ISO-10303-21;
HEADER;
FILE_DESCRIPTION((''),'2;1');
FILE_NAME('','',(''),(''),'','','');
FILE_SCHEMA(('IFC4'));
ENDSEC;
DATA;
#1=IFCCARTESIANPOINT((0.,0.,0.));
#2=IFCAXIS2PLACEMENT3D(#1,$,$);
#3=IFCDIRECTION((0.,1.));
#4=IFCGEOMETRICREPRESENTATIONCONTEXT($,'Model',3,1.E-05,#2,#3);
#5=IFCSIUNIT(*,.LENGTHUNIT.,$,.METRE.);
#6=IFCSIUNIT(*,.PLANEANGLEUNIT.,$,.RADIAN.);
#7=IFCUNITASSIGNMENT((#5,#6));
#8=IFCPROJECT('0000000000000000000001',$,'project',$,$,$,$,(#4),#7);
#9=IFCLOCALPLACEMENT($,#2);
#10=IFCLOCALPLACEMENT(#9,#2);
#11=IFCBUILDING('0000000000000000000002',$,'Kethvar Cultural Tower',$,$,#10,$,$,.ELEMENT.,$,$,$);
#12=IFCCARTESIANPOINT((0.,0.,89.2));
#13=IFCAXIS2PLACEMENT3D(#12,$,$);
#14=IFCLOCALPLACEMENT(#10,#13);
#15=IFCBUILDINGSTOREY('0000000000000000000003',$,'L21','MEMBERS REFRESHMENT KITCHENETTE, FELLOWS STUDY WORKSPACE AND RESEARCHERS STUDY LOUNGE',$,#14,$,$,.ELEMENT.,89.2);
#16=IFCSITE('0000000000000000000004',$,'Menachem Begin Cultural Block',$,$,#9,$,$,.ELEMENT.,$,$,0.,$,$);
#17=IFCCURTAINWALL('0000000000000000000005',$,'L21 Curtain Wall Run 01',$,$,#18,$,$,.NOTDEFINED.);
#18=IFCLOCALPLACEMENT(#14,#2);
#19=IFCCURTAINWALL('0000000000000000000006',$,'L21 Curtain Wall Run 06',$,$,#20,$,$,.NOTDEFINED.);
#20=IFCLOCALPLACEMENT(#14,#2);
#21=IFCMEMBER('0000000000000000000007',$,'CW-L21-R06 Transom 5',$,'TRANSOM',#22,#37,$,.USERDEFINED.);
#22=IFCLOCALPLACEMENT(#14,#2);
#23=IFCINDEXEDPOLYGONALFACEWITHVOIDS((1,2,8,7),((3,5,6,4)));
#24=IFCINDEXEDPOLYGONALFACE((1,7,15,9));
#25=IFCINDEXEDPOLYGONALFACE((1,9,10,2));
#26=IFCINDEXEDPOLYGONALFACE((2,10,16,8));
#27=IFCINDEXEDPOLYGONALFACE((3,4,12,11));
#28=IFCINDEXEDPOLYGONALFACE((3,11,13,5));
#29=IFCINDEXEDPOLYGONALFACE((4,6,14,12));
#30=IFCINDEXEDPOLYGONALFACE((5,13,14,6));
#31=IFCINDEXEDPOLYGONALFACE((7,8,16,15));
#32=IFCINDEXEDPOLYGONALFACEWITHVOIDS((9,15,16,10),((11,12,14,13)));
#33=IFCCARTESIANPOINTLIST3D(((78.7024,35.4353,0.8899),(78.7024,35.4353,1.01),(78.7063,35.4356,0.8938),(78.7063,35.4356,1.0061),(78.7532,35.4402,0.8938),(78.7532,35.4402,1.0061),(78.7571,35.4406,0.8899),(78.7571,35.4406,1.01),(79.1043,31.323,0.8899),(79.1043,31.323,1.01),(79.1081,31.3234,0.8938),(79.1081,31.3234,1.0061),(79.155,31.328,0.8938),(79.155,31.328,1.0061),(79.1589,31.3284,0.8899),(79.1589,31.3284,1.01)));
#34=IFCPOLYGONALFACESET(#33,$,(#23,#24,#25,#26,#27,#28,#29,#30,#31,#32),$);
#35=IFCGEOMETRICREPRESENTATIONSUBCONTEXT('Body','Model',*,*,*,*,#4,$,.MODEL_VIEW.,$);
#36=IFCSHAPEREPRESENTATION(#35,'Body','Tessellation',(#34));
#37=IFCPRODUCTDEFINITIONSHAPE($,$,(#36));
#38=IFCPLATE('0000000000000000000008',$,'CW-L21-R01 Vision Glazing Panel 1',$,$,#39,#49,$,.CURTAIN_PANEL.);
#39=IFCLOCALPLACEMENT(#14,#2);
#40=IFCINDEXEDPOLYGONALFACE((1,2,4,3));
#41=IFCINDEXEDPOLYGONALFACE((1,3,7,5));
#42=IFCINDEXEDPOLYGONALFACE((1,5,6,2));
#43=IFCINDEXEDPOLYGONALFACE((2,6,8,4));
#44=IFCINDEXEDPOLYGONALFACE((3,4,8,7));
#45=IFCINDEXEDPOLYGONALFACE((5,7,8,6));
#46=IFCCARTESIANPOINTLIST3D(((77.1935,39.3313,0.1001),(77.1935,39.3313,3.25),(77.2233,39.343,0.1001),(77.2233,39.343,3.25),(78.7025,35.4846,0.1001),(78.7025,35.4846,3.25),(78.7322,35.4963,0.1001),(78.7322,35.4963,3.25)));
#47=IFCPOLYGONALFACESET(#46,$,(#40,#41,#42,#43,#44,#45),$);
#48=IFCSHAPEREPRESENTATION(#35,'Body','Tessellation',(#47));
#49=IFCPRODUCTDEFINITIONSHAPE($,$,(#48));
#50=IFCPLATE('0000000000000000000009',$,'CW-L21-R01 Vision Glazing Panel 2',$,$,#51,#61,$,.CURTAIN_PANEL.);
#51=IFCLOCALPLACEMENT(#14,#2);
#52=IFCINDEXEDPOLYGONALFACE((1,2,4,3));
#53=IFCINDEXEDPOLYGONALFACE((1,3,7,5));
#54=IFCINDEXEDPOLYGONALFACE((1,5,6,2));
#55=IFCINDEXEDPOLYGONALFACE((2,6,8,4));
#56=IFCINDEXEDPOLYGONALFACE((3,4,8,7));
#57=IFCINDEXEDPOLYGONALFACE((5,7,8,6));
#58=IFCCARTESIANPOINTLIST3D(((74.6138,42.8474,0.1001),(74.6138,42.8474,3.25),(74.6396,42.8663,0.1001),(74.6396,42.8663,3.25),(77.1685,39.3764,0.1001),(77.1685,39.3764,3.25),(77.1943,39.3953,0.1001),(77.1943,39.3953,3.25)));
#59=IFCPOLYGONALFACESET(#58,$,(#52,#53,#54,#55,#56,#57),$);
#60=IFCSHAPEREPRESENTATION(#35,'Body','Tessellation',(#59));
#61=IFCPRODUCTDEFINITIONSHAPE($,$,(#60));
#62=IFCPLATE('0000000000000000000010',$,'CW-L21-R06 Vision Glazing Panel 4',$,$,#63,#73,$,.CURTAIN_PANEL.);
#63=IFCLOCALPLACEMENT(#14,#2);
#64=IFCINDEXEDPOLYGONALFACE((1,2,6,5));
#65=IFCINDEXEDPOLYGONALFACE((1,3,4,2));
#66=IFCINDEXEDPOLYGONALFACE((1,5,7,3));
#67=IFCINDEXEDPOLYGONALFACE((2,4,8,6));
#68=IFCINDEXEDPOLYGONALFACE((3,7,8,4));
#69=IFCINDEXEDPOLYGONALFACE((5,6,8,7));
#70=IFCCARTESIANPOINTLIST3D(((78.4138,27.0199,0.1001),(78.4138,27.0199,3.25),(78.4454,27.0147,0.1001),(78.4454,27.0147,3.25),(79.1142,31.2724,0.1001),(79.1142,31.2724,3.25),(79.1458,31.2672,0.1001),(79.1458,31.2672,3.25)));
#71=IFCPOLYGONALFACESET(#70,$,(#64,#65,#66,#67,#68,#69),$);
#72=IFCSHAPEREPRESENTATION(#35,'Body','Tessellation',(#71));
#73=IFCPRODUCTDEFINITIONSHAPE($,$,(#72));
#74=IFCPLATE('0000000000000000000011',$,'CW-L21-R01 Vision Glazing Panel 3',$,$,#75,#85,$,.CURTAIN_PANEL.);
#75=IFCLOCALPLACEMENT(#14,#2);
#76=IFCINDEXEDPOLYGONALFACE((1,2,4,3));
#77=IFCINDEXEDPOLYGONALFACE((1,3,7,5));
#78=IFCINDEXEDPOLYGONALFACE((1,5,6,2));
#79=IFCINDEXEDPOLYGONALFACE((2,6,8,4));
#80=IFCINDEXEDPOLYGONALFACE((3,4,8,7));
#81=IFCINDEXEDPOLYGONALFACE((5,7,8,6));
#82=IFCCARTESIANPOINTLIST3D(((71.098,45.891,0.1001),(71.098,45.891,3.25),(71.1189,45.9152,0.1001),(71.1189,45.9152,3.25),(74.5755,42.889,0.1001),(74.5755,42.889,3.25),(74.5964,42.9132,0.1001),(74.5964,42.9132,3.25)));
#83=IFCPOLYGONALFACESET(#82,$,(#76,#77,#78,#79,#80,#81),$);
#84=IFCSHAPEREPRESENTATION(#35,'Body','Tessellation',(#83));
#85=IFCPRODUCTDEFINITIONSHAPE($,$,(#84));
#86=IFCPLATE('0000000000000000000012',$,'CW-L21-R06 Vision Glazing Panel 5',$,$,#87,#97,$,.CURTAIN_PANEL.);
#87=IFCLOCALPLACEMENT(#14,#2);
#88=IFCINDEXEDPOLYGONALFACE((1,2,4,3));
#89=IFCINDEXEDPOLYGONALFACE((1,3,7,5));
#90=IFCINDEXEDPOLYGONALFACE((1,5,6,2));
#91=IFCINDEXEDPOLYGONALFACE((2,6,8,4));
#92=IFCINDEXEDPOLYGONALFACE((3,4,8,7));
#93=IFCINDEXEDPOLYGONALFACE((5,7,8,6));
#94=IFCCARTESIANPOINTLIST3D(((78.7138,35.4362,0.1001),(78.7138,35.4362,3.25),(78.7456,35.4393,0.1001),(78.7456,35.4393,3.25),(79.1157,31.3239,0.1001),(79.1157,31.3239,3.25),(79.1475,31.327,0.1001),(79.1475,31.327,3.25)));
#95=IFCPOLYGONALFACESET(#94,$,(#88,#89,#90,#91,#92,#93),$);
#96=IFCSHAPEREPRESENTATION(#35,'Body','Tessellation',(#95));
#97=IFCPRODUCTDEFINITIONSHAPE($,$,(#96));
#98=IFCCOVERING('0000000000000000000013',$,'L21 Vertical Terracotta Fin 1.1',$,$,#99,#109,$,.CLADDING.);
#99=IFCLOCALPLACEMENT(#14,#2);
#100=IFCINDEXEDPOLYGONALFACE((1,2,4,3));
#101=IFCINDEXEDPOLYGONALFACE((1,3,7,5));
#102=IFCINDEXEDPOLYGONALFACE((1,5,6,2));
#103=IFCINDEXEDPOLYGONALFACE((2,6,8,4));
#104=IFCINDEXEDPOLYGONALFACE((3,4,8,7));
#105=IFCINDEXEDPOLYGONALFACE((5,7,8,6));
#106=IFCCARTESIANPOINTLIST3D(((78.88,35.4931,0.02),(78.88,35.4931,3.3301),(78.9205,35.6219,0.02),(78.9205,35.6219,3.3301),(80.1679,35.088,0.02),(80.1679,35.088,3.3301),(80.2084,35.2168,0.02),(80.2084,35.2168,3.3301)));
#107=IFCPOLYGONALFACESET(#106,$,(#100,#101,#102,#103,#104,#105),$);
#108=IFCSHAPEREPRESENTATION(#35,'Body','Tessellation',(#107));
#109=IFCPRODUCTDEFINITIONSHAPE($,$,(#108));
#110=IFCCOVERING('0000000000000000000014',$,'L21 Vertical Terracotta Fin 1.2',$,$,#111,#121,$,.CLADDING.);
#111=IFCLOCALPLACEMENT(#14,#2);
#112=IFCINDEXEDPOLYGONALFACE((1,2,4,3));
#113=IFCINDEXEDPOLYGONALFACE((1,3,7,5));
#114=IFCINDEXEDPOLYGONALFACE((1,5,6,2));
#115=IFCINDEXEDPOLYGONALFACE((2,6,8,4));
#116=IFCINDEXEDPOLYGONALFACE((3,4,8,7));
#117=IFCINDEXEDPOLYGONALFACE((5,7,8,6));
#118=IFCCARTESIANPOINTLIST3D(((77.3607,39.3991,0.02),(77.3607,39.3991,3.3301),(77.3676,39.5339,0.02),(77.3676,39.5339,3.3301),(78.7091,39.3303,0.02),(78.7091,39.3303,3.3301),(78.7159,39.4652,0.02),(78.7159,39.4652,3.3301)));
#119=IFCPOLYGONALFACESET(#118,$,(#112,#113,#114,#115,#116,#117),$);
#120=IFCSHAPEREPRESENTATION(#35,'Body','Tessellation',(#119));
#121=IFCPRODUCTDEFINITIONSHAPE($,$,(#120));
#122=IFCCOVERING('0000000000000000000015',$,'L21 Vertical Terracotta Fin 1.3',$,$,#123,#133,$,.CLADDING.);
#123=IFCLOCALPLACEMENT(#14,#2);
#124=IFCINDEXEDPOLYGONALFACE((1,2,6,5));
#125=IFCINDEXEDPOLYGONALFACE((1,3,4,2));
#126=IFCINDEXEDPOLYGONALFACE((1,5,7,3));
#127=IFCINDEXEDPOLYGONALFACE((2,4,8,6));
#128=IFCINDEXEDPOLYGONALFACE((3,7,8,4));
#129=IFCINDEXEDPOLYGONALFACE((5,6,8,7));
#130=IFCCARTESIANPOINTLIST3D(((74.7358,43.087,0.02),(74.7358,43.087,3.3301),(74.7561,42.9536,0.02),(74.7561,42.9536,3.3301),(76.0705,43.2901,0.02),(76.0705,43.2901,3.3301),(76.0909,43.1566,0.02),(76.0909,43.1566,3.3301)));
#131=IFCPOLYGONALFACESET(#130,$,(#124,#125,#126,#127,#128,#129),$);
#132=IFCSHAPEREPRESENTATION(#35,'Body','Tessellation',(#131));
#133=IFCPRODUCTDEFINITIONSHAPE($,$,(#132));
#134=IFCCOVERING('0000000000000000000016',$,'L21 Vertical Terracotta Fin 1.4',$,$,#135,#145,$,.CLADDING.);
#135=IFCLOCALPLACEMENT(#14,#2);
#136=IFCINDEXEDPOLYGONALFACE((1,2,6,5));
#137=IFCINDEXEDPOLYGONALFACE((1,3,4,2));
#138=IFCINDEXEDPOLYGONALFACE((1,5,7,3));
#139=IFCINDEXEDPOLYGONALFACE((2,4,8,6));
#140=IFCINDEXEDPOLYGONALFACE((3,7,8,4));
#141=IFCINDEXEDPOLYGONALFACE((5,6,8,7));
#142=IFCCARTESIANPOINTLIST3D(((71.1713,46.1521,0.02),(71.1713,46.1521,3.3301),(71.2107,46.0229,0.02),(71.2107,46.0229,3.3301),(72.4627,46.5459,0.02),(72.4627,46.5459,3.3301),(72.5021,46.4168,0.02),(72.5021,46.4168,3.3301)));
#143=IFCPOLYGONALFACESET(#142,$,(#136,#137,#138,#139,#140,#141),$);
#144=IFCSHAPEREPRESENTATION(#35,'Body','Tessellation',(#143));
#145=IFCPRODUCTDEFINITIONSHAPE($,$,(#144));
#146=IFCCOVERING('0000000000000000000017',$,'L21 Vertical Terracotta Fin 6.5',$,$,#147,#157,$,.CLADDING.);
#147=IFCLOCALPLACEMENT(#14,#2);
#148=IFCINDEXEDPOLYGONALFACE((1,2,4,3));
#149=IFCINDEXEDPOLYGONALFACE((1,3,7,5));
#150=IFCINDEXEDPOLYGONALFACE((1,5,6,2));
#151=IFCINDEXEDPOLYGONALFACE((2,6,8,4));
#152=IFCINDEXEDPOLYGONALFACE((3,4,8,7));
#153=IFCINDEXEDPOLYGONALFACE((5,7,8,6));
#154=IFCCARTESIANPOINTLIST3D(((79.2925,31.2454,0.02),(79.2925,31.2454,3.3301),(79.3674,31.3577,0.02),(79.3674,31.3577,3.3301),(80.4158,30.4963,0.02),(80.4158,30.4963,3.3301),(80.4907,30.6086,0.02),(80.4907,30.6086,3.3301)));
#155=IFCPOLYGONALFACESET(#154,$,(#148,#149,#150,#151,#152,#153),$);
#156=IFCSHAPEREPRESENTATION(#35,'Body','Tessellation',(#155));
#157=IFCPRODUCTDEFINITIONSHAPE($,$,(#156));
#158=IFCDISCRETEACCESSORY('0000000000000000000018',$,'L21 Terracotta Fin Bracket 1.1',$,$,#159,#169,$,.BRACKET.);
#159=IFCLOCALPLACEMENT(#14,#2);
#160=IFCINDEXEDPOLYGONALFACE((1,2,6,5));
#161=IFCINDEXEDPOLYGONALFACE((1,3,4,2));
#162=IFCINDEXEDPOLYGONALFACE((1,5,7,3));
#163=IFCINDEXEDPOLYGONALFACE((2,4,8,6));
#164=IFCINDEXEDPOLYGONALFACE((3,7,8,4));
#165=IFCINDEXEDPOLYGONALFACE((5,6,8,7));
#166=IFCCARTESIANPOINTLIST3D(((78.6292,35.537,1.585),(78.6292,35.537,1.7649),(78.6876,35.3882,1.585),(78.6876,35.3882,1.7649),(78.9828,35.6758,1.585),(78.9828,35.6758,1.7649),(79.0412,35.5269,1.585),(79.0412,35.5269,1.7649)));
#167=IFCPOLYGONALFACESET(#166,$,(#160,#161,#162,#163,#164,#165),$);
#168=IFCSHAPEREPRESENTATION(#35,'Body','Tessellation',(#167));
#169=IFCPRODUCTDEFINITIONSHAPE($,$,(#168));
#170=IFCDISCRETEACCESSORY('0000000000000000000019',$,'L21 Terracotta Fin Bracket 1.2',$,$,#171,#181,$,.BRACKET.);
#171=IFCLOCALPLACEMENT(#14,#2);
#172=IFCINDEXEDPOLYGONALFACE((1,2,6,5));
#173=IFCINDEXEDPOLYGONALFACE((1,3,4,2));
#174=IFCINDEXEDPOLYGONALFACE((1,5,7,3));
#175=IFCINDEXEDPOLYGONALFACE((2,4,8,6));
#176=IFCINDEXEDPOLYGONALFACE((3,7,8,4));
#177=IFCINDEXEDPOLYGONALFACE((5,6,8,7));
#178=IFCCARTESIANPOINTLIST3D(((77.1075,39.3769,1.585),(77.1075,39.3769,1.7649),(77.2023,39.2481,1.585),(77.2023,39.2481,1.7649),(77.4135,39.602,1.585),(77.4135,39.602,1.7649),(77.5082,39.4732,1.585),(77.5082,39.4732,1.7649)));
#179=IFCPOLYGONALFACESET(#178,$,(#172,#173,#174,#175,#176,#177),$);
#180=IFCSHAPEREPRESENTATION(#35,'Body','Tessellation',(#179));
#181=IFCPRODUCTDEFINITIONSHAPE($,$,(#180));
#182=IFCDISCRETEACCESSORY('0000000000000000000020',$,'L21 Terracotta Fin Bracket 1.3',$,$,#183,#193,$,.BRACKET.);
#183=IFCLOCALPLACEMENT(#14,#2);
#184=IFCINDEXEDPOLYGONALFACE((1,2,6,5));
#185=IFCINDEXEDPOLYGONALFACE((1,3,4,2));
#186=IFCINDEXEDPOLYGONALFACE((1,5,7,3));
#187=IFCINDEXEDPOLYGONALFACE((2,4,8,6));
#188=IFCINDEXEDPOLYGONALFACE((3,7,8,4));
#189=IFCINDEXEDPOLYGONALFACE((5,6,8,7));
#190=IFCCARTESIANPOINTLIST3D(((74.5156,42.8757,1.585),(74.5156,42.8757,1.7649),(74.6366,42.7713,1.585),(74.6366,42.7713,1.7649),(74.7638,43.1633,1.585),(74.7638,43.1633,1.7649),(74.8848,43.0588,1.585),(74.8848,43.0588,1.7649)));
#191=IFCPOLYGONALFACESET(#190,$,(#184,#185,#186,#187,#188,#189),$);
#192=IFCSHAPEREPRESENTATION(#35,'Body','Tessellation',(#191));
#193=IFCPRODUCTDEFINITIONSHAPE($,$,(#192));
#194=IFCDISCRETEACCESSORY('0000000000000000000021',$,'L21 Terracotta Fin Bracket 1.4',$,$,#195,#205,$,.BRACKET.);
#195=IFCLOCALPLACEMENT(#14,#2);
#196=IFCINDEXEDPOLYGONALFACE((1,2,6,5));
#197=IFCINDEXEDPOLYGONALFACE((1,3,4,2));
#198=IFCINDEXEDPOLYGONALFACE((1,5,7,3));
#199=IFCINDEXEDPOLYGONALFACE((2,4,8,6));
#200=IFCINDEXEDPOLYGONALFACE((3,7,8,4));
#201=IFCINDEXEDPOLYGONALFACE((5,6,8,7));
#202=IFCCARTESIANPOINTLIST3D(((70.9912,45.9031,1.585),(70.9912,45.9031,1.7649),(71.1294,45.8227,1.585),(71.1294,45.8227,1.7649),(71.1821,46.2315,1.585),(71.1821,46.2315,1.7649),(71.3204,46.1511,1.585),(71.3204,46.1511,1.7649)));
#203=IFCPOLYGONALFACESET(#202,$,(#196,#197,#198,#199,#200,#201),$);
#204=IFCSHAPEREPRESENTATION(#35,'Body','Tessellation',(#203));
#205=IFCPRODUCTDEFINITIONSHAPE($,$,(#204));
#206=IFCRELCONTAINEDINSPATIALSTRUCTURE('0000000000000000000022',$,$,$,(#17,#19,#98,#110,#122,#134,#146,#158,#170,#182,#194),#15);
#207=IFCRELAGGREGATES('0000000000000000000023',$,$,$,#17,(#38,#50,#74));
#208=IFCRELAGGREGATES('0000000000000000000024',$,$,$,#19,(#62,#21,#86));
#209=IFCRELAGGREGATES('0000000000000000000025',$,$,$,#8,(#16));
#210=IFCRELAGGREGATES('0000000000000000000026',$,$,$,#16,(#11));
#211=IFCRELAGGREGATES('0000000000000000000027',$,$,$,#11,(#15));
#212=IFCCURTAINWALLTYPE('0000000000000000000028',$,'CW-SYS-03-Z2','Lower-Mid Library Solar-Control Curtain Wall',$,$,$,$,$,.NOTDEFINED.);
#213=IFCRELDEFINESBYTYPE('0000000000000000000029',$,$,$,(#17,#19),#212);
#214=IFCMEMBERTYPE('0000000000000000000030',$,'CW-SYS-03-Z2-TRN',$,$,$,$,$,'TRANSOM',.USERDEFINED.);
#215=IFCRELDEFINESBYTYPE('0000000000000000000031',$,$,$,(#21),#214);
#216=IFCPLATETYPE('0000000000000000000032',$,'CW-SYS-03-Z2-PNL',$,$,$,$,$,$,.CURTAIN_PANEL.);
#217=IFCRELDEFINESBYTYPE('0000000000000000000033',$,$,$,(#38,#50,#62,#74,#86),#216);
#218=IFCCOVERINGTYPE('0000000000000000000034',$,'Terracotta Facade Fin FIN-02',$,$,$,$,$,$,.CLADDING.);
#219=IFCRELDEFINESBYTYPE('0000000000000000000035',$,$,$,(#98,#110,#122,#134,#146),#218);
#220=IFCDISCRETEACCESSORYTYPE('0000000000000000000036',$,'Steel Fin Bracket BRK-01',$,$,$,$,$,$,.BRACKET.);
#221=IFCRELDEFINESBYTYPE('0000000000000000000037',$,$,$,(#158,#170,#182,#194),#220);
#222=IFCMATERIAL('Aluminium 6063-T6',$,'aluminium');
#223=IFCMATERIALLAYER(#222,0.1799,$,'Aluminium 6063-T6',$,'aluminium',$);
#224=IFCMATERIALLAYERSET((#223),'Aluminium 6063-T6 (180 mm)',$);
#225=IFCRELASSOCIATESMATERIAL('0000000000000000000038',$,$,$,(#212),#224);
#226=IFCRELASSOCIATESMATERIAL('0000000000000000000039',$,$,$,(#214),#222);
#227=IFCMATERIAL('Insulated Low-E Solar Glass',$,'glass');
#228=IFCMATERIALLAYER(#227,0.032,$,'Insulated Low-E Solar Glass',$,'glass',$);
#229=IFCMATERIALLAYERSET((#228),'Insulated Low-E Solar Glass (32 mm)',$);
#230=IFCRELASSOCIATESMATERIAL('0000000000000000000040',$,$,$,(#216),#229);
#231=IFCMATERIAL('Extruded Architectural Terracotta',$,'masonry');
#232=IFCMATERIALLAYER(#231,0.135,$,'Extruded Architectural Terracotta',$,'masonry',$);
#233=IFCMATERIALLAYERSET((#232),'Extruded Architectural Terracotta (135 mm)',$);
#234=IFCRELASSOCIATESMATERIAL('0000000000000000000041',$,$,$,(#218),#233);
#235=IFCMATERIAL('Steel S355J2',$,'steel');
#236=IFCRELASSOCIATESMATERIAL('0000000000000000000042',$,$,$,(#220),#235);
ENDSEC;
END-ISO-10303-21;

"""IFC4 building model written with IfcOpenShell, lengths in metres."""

from ifc_helpers import new_model, si_unit, direction, frame, origin, origin_2d, place, context, subcontext, project, spatial, rectangle, hollow_rectangle, extrude, source, transform, mapped, material, layer, layer_set, material_profile, profile_set, type_object, element, aggregate, save


model = new_model("IFC4")

# Units and contexts
model_context = context("Model", 3, precision=1e-05, world=origin(), true_north=direction((0.0, 1.0)))
body_context = subcontext(model_context, "Body", "Model", "MODEL_VIEW")
ifc_project = project(units=[si_unit("LENGTHUNIT", "METRE"), si_unit("PLANEANGLEUNIT", "RADIAN")], contexts=[model_context])

# Site, building, storey
site_placement = place(None, origin())
site = spatial("IfcSite", under=ifc_project, at=site_placement, Name="Menachem Begin Cultural Block", CompositionType="ELEMENT", RefElevation=0.0)
building_placement = place(site_placement, origin())
building = spatial("IfcBuilding", under=site, at=building_placement, Name="Kethvar Cultural Tower", CompositionType="ELEMENT")
storey_placement = place(building_placement, frame((0.0, 0.0, 89.2)))
storey = spatial("IfcBuildingStorey", under=building, at=storey_placement, Name="L21", Description="MEMBERS REFRESHMENT KITCHENETTE, FELLOWS STUDY WORKSPACE AND RESEARCHERS STUDY LOUNGE", CompositionType="ELEMENT", Elevation=89.2)

# Shared definitions
ifc_material_1 = material(Name="Steel S355J2", Category="steel")

# Curtain wall
ifc_material_2 = material(Name="Aluminium 6063-T6", Category="aluminium")
ifc_layer_1 = layer(ifc_material_2, 0.1799, Name="Aluminium 6063-T6", Category="aluminium")
ifc_layer_set_1 = layer_set([ifc_layer_1], Name="Aluminium 6063-T6 (180 mm)")
curtain_wall_type = type_object("IfcCurtainWallType", Name="CW-SYS-03-Z2", Description="Lower-Mid Library Solar-Control Curtain Wall", PredefinedType="NOTDEFINED", material=ifc_layer_set_1)
curtain_wall_1_placement = place(storey_placement, origin())
curtain_wall_1 = element("IfcCurtainWall", 1, at=curtain_wall_1_placement, inside=storey, type_object=curtain_wall_type, Name="L21 Curtain Wall Run 01", PredefinedType="NOTDEFINED")

# Curtain wall
curtain_wall_2_placement = place(storey_placement, origin())
curtain_wall_2 = element("IfcCurtainWall", 2, at=curtain_wall_2_placement, inside=storey, type_object=curtain_wall_type, Name="L21 Curtain Wall Run 06", PredefinedType="NOTDEFINED")

# Member
ifc_material_profile_1 = material_profile(ifc_material_2, hollow_rectangle(XDim=0.0549, YDim=0.1201, WallThickness=0.0039, at=origin_2d()), Name="Aluminium 6063-T6 — RHS120x55x4")
ifc_profile_set_1 = profile_set([ifc_material_profile_1], Name="Aluminium 6063-T6 — RHS120x55x4")
member_type_1 = type_object("IfcMemberType", Name="CW-SYS-03-Z2-TRN", ElementType="TRANSOM", PredefinedType="USERDEFINED", material=ifc_profile_set_1)
shared_shape_1 = source(origin(), body_context, "Body", "SweptSolid", [
    extrude(hollow_rectangle(XDim=0.0549, YDim=0.1201, WallThickness=0.0039, at=origin_2d()), origin(), (0.0, 0.0, 1.0), 4.1318),
])
member_1_placement = place(storey_placement, frame((79.1316, 31.3257, 0.95), z_axis=(-0.097257, 0.995259, 0.0), x_axis=(-0.995259, -0.097257, 0.0)))
member_1 = element("IfcMember", 3, at=member_1_placement, type_object=member_type_1, Name="CW-L21-R06 Transom 5", ObjectType="TRANSOM", PredefinedType="USERDEFINED", context=body_context, shape_type="MappedRepresentation", body=[
    mapped(shared_shape_1, transform((0.0, 0.0, 0.0), scale=1.0)),
])

# Plates
ifc_material_3 = material(Name="Insulated Low-E Solar Glass", Category="glass")
ifc_layer_2 = layer(ifc_material_3, 0.032, Name="Insulated Low-E Solar Glass", Category="glass")
ifc_layer_set_2 = layer_set([ifc_layer_2], Name="Insulated Low-E Solar Glass (32 mm)")
plate_type = type_object("IfcPlateType", Name="CW-SYS-03-Z2-PNL", PredefinedType="CURTAIN_PANEL", material=ifc_layer_set_2)
shared_shape_2 = source(origin(), body_context, "Body", "SweptSolid", [
    extrude(rectangle(XDim=4.1321, YDim=0.032, at=origin_2d()), origin(), (0.0, 0.0, 1.0), 3.1499),
])
plate_1_placement = place(storey_placement, frame((77.9629, 37.4138, 0.1001), z_axis=(0.0, 0.0, 1.0), x_axis=(-0.365169, 0.930941, 0.0)))
plate_1 = element("IfcPlate", 4, at=plate_1_placement, type_object=plate_type, Name="CW-L21-R01 Vision Glazing Panel 1", PredefinedType="CURTAIN_PANEL", context=body_context, shape_type="MappedRepresentation", body=[
    mapped(shared_shape_2, transform((0.0, 0.0, 0.0), scale=1.0)),
])
shared_shape_3 = source(origin(), body_context, "Body", "SweptSolid", [
    extrude(rectangle(XDim=4.3098, YDim=0.032, at=origin_2d()), origin(), (0.0, 0.0, 1.0), 3.1499),
])
plate_2_placement = place(storey_placement, frame((75.9041, 41.1213, 0.1001), z_axis=(0.0, 0.0, 1.0), x_axis=(-0.592772, 0.80537, 0.0)))
plate_2 = element("IfcPlate", 5, at=plate_2_placement, type_object=plate_type, Name="CW-L21-R01 Vision Glazing Panel 2", PredefinedType="CURTAIN_PANEL", context=body_context, shape_type="MappedRepresentation", body=[
    mapped(shared_shape_3, transform((0.0, 0.0, 0.0), scale=1.0)),
])
plate_3_placement = place(storey_placement, frame((78.7798, 29.1436, 0.1001), z_axis=(0.0, 0.0, 1.0), x_axis=(0.162517, 0.986706, 0.0)))
plate_3 = element("IfcPlate", 6, at=plate_3_placement, type_object=plate_type, Name="CW-L21-R06 Vision Glazing Panel 4", PredefinedType="CURTAIN_PANEL", context=body_context, shape_type="MappedRepresentation", body=[
    mapped(shared_shape_3, transform((0.0, 0.0, 0.0), scale=1.0)),
])
shared_shape_4 = source(origin(), body_context, "Body", "SweptSolid", [
    extrude(rectangle(XDim=4.594, YDim=0.032, at=origin_2d()), origin(), (0.0, 0.0, 1.0), 3.1499),
])
plate_4_placement = place(storey_placement, frame((72.8472, 44.4021, 0.1001), z_axis=(0.0, 0.0, 1.0), x_axis=(-0.756972, 0.653447, 0.0)))
plate_4 = element("IfcPlate", 7, at=plate_4_placement, type_object=plate_type, Name="CW-L21-R01 Vision Glazing Panel 3", PredefinedType="CURTAIN_PANEL", context=body_context, shape_type="MappedRepresentation", body=[
    mapped(shared_shape_4, transform((0.0, 0.0, 0.0), scale=1.0)),
])
aggregate(curtain_wall_1, [plate_1, plate_2, plate_4])
shared_shape_5 = source(origin(), body_context, "Body", "SweptSolid", [
    extrude(rectangle(XDim=4.1318, YDim=0.032, at=origin_2d()), origin(), (0.0, 0.0, 1.0), 3.1499),
])
plate_5_placement = place(storey_placement, frame((78.9307, 33.3816, 0.1001), z_axis=(0.0, 0.0, 1.0), x_axis=(-0.09727, 0.995258, 0.0)))
plate_5 = element("IfcPlate", 8, at=plate_5_placement, type_object=plate_type, Name="CW-L21-R06 Vision Glazing Panel 5", PredefinedType="CURTAIN_PANEL", context=body_context, shape_type="MappedRepresentation", body=[
    mapped(shared_shape_5, transform((0.0, 0.0, 0.0), scale=1.0)),
])
aggregate(curtain_wall_2, [plate_3, member_1, plate_5])

# Coverings
ifc_material_4 = material(Name="Extruded Architectural Terracotta", Category="masonry")
ifc_layer_3 = layer(ifc_material_4, 0.135, Name="Extruded Architectural Terracotta", Category="masonry")
ifc_layer_set_3 = layer_set([ifc_layer_3], Name="Extruded Architectural Terracotta (135 mm)")
covering_type = type_object("IfcCoveringType", Name="Terracotta Facade Fin FIN-02", PredefinedType="CLADDING", material=ifc_layer_set_3)
shared_shape_6 = source(origin(), body_context, "Body", "SweptSolid", [
    extrude(rectangle(XDim=1.3501, YDim=0.135, at=origin_2d()), origin(), (0.0, 0.0, 1.0), 3.3101),
])
for number, where, z_axis, x_axis, name in (
    (9, (79.5442, 35.355, 0.02), (0.0, 0.0, 1.0), (0.953927, -0.30004, 0.0), "L21 Vertical Terracotta Fin 1.1"),
    (10, (78.0383, 39.4321, 0.02), (0.0, 0.0, 1.0), (0.998702, -0.050942, 0.0), "L21 Vertical Terracotta Fin 1.2"),
    (11, (75.4133, 43.1218, 0.02), (0.0, 0.0, 1.0), (0.988626, 0.150398, 0.0), "L21 Vertical Terracotta Fin 1.3"),
    (12, (71.8367, 46.2844, 0.02), (0.0, 0.0, 1.0), (0.956509, 0.291704, 0.0), "L21 Vertical Terracotta Fin 1.4"),
    (13, (79.8916, 30.927, 0.02), (0.0, 0.0, 1.0), (0.831954, -0.554844, 0.0), "L21 Vertical Terracotta Fin 6.5"),
):
    element("IfcCovering", number, at=place(storey_placement, frame(where, z_axis=z_axis, x_axis=x_axis)), inside=storey, type_object=covering_type, Name=name, PredefinedType="CLADDING", context=body_context, shape_type="MappedRepresentation", body=[
        mapped(shared_shape_6, transform((0.0, 0.0, 0.0), scale=1.0)),
    ])

# Discrete accessories
discrete_accessory_type = type_object("IfcDiscreteAccessoryType", Name="Steel Fin Bracket BRK-01", PredefinedType="BRACKET", material=ifc_material_1)
shared_shape_7 = source(origin(), body_context, "Body", "SweptSolid", [
    extrude(rectangle(XDim=0.3799, YDim=0.1599, at=origin_2d()), origin(), (0.0, 0.0, 1.0), 0.1799),
])
for number, where, z_axis, x_axis, name in (
    (14, (78.8352, 35.532, 1.585), (0.0, 0.0, 1.0), (0.930928, 0.365202, 0.0), "L21 Terracotta Fin Bracket 1.1"),
    (15, (77.3079, 39.425, 1.585), (0.0, 0.0, 1.0), (0.805411, 0.592716, 0.0), "L21 Terracotta Fin Bracket 1.2"),
    (16, (74.7002, 42.9673, 1.585), (0.0, 0.0, 1.0), (0.653421, 0.756995, 0.0), "L21 Terracotta Fin Bracket 1.3"),
    (17, (71.1558, 46.0271, 1.585), (0.0, 0.0, 1.0), (0.502718, 0.86445, 0.0), "L21 Terracotta Fin Bracket 1.4"),
):
    element("IfcDiscreteAccessory", number, at=place(storey_placement, frame(where, z_axis=z_axis, x_axis=x_axis)), inside=storey, type_object=discrete_accessory_type, Name=name, PredefinedType="BRACKET", context=body_context, shape_type="MappedRepresentation", body=[
        mapped(shared_shape_7, transform((0.0, 0.0, 0.0), scale=1.0)),
    ])

save(model, "model.ifc")
